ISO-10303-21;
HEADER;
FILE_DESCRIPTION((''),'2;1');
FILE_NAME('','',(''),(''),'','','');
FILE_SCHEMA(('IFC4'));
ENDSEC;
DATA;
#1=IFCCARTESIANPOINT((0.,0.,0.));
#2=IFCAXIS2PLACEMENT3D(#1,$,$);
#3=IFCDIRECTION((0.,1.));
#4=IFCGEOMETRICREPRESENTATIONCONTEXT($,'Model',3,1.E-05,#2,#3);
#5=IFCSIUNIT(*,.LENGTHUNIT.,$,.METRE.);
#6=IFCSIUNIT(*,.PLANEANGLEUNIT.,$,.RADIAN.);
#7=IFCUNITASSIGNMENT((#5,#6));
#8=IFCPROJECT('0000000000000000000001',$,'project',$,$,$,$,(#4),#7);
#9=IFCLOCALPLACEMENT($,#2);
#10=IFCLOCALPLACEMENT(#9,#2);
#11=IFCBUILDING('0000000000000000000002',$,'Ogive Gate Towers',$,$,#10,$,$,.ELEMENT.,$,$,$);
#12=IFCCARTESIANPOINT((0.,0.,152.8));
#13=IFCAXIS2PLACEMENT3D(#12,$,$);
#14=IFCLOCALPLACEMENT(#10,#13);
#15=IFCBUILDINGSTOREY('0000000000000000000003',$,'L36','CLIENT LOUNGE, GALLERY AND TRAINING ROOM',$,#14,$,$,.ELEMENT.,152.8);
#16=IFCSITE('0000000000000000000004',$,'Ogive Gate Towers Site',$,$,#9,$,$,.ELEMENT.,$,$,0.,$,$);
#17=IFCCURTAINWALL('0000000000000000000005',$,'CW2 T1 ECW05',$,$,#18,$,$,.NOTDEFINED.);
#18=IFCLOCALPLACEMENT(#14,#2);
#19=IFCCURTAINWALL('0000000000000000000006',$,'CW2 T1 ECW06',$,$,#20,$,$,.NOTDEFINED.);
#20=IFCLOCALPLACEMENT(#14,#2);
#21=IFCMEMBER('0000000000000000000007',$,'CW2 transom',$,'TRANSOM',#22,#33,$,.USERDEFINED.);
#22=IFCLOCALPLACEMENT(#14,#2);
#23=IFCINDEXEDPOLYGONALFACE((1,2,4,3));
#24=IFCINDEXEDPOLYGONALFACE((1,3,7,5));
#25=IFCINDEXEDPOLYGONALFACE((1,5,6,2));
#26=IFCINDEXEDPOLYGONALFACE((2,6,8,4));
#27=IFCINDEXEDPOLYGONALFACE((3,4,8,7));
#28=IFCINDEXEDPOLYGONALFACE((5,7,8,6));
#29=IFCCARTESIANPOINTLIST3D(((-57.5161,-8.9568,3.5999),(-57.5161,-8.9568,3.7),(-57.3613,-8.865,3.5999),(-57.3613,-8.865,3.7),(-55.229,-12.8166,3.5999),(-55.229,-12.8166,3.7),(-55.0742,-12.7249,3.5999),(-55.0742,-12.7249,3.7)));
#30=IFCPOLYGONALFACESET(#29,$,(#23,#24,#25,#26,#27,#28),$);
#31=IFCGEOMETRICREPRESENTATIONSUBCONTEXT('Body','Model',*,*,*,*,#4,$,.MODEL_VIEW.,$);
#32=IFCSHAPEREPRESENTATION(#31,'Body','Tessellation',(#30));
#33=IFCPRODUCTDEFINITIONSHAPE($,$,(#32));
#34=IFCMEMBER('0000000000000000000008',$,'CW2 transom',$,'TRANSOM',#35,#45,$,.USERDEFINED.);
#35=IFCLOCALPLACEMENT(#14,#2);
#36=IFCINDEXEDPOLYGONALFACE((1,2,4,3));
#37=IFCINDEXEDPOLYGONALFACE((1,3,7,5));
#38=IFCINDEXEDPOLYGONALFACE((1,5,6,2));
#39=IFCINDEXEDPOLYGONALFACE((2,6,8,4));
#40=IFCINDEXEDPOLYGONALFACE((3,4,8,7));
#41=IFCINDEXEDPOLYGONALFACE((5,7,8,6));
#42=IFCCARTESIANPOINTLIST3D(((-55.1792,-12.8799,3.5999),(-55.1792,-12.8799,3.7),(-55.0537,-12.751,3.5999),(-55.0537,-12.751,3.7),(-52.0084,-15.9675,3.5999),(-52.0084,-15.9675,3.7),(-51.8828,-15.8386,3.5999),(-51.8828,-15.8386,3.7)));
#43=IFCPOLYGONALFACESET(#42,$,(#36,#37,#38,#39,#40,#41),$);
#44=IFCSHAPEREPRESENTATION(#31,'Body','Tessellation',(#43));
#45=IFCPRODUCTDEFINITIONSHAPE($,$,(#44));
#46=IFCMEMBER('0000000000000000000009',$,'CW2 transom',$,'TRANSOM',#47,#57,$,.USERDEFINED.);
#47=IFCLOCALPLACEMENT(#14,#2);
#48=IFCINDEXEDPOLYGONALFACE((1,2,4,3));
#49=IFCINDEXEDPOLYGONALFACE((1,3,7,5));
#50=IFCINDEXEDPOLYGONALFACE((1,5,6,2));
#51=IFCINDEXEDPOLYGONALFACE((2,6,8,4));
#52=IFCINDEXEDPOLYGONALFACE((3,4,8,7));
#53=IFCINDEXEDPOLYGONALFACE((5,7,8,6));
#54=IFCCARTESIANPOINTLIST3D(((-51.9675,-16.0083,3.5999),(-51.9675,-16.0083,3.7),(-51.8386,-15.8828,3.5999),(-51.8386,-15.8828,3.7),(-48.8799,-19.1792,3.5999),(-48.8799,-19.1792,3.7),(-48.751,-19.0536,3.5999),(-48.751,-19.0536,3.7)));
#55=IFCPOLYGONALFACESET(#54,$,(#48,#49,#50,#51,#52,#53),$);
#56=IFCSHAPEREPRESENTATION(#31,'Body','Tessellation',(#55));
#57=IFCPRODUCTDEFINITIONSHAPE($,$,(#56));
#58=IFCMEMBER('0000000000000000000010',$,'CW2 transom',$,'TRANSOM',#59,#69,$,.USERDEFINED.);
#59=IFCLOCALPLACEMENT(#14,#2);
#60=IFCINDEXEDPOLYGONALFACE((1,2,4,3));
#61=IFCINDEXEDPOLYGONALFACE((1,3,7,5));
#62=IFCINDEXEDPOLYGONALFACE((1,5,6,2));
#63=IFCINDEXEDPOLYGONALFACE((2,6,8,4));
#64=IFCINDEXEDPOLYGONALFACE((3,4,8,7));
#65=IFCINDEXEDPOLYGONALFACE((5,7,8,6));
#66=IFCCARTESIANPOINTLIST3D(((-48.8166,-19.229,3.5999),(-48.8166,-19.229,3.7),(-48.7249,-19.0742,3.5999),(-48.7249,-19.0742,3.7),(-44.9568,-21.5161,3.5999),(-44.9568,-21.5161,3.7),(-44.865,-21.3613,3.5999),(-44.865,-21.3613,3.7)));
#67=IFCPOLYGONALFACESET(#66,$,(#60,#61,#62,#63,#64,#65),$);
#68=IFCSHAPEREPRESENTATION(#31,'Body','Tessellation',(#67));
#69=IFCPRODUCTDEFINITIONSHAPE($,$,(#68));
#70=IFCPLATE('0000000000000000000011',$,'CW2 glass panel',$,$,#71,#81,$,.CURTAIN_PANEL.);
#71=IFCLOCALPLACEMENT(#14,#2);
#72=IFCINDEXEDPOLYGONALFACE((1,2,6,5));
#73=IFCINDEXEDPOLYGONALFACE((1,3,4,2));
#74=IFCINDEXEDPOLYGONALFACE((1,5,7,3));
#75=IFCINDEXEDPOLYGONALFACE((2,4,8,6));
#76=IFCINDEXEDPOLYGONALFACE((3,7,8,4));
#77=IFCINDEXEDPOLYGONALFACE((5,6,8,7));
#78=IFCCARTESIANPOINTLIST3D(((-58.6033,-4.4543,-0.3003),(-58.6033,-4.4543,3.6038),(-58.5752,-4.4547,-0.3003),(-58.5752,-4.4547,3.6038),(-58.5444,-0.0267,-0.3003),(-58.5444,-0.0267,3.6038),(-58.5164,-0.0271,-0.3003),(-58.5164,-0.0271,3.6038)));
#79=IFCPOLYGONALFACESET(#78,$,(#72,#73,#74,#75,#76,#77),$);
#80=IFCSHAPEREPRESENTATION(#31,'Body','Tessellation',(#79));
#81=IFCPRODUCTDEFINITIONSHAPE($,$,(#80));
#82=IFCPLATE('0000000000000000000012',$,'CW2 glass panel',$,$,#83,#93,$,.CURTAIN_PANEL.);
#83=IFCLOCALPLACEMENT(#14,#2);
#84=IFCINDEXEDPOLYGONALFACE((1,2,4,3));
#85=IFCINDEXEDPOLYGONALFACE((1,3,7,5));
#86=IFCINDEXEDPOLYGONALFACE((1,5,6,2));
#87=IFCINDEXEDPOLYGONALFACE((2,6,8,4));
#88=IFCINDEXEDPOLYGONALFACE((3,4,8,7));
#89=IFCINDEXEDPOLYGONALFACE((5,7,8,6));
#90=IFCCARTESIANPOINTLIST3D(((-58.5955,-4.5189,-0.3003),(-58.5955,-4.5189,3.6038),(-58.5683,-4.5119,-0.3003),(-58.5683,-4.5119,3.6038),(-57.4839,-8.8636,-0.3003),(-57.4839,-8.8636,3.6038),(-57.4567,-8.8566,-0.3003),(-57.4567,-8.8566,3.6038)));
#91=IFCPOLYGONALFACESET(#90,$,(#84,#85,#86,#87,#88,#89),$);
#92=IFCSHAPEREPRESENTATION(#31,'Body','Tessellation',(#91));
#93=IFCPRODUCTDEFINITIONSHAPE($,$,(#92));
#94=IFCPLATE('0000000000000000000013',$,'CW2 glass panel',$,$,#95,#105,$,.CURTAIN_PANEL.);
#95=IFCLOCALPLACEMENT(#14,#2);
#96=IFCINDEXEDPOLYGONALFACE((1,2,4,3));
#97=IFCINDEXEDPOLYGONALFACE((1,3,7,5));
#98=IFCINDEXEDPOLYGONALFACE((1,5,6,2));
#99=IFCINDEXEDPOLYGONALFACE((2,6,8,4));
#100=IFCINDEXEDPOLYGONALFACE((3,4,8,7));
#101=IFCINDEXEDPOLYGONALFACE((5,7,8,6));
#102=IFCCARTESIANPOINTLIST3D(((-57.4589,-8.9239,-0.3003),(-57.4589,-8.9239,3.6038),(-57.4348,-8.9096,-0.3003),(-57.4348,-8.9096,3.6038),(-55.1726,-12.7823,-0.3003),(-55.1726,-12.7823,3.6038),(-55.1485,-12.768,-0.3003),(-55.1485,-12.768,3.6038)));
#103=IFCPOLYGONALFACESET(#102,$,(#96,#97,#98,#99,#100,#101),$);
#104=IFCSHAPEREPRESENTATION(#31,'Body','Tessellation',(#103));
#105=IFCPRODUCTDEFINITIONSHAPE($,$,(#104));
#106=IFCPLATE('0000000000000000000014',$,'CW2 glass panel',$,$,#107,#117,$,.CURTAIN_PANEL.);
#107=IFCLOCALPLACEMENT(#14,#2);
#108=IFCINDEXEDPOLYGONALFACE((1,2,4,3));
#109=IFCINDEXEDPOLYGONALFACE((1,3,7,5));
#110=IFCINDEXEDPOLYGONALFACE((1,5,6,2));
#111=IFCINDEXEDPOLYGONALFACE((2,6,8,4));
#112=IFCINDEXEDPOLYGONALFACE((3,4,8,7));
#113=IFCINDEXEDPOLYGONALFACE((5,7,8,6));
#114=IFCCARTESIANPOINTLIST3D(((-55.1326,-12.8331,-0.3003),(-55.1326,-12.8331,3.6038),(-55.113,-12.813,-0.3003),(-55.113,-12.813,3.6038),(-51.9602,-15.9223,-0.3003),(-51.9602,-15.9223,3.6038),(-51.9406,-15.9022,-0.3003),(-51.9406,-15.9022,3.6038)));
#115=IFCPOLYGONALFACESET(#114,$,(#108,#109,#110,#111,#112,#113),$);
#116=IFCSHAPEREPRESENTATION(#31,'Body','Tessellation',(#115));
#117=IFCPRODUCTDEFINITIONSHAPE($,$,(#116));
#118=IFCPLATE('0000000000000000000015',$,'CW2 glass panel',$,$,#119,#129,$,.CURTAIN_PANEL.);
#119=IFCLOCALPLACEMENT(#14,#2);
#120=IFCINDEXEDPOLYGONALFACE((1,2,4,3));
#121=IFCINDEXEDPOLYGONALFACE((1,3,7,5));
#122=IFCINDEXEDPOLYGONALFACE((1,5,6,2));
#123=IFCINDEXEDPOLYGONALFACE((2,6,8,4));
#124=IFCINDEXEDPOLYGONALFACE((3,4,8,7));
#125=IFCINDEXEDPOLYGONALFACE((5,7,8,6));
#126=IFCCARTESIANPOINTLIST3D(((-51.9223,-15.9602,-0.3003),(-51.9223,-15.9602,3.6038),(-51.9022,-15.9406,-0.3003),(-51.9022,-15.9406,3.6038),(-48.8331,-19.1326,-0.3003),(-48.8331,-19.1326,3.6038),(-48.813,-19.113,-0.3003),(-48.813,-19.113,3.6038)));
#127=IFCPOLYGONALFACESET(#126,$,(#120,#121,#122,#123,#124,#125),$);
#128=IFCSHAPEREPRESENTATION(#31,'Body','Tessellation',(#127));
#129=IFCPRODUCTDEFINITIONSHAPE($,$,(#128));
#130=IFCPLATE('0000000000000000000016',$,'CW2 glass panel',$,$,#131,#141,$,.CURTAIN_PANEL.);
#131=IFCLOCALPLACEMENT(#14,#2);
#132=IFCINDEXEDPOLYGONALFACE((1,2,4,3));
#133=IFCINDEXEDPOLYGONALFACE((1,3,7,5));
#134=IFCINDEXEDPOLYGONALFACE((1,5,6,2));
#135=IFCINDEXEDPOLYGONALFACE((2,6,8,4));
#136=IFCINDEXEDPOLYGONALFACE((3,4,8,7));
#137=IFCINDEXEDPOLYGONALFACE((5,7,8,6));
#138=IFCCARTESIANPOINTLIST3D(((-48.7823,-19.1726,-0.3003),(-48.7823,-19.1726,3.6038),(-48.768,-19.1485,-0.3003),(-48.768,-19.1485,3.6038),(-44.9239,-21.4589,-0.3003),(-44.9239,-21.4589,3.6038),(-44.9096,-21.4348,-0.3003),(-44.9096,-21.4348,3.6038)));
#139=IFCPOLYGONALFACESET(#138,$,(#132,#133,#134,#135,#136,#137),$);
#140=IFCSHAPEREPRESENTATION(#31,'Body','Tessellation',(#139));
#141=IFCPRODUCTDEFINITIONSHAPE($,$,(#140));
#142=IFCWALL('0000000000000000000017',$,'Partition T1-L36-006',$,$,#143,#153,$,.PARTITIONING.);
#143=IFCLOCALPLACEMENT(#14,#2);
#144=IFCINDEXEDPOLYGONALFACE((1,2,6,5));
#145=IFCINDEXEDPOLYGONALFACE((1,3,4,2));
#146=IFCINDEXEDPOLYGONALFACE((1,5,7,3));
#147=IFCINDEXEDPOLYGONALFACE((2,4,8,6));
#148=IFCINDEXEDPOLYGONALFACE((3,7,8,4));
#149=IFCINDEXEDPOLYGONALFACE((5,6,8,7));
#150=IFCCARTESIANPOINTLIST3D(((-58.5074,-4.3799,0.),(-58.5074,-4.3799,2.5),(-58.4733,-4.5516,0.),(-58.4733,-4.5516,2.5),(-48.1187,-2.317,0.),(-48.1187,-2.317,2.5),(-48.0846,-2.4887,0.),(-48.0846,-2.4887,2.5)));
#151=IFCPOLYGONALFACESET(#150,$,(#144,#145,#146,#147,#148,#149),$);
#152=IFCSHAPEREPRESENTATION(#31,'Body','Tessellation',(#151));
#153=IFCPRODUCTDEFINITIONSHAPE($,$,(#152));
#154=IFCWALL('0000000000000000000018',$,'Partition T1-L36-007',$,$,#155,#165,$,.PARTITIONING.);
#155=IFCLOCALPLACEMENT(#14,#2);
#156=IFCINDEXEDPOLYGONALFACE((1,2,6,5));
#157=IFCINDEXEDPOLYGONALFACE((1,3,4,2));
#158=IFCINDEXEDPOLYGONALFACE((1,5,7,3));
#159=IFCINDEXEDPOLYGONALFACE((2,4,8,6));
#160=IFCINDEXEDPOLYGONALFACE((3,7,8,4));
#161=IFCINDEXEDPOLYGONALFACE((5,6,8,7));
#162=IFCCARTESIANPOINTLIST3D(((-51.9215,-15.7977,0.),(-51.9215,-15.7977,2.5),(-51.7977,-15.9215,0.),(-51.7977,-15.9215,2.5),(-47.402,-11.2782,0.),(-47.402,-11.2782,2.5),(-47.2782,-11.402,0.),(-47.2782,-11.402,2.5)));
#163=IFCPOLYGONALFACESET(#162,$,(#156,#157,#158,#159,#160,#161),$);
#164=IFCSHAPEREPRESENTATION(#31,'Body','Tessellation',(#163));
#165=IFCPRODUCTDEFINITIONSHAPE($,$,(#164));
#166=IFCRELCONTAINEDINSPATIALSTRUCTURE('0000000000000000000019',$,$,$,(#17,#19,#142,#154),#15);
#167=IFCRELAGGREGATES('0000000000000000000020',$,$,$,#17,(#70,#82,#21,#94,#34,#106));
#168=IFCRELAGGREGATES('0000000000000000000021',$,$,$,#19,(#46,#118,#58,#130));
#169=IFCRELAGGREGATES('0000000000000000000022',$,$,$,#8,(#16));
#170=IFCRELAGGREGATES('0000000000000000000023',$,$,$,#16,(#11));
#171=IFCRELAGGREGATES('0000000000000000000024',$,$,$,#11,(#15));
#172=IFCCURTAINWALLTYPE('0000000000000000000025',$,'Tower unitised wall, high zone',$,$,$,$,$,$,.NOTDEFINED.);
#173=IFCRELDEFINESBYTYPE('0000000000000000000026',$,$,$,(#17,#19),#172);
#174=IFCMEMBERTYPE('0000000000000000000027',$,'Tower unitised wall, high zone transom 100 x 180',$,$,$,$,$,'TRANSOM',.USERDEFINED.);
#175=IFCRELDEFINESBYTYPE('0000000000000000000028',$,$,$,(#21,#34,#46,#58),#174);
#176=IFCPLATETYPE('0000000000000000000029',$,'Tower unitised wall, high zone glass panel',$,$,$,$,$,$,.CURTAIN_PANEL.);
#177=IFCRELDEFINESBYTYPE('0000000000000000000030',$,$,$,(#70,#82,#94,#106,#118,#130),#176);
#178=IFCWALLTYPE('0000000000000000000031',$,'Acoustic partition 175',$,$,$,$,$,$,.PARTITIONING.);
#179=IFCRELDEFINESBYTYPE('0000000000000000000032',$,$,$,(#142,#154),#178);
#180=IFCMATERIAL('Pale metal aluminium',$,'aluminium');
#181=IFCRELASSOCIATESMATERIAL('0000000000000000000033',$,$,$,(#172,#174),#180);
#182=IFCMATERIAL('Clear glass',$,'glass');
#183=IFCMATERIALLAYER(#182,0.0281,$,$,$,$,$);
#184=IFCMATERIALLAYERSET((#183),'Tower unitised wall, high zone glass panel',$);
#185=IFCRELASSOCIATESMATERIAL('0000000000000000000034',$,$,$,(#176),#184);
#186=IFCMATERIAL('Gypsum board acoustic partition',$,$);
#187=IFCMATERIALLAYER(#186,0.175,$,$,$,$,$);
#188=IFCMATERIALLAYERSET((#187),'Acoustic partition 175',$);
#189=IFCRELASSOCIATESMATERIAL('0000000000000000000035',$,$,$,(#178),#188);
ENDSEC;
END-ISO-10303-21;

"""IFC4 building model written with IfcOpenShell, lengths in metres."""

from ifc_helpers import new_model, si_unit, direction, frame, frame_2d, origin, origin_2d, place, context, subcontext, project, spatial, rectangle, extrude, material, layer, layer_set, material_profile, profile_set, type_object, element, aggregate, save


model = new_model("IFC4")

# Units and contexts
model_context = context("Model", 3, precision=1e-05, world=origin(), true_north=direction((0.0, 1.0)))
body_context = subcontext(model_context, "Body", "Model", "MODEL_VIEW")
ifc_project = project(units=[si_unit("LENGTHUNIT", "METRE"), si_unit("PLANEANGLEUNIT", "RADIAN")], contexts=[model_context])

# Site, building, storey
site_placement = place(None, origin())
site = spatial("IfcSite", under=ifc_project, at=site_placement, Name="Ogive Gate Towers Site", CompositionType="ELEMENT", RefElevation=0.0)
building_placement = place(site_placement, origin())
building = spatial("IfcBuilding", under=site, at=building_placement, Name="Ogive Gate Towers", CompositionType="ELEMENT")
storey_placement = place(building_placement, frame((0.0, 0.0, 152.8)))
storey = spatial("IfcBuildingStorey", under=building, at=storey_placement, Name="L36", Description="CLIENT LOUNGE, GALLERY AND TRAINING ROOM", CompositionType="ELEMENT", Elevation=152.8)

# Curtain wall
ifc_material_1 = material(Name="Pale metal aluminium", Category="aluminium")
curtain_wall_type = type_object("IfcCurtainWallType", Name="Tower unitised wall, high zone", PredefinedType="NOTDEFINED", material=ifc_material_1)
curtain_wall_1_placement = place(storey_placement, origin())
curtain_wall_1 = element("IfcCurtainWall", 1, at=curtain_wall_1_placement, inside=storey, type_object=curtain_wall_type, Name="CW2 T1 ECW05", PredefinedType="NOTDEFINED")

# Curtain wall
curtain_wall_2_placement = place(storey_placement, origin())
curtain_wall_2 = element("IfcCurtainWall", 2, at=curtain_wall_2_placement, inside=storey, type_object=curtain_wall_type, Name="CW2 T1 ECW06", PredefinedType="NOTDEFINED")

# Members
ifc_material_profile_1 = material_profile(ifc_material_1, rectangle(XDim=0.1799, YDim=0.1001, at=origin_2d()), Name="100 x 180 aluminium box")
ifc_profile_set_1 = profile_set([ifc_material_profile_1], Name="Pale metal aluminium")
member_type_1 = type_object("IfcMemberType", Name="Tower unitised wall, high zone transom 100 x 180", ElementType="TRANSOM", PredefinedType="USERDEFINED", material=ifc_profile_set_1)
member_1_placement = place(storey_placement, frame((-57.4387, -8.9109, 3.6499), z_axis=(0.509767, -0.860313, 0.0), x_axis=(0.860313, 0.509767, 0.0)))
member_1 = element("IfcMember", 3, at=member_1_placement, type_object=member_type_1, Name="CW2 transom", ObjectType="TRANSOM", PredefinedType="USERDEFINED", context=body_context, shape_type="SweptSolid", body=[
    extrude(rectangle(XDim=0.1799, YDim=0.1001, at=origin_2d()), origin(), (0.0, 0.0, 1.0), 4.4866),
])
member_2_placement = place(storey_placement, frame((-55.1165, -12.8154, 3.6499), z_axis=(0.716449, -0.697639, 0.0), x_axis=(0.697639, 0.716449, 0.0)))
member_2 = element("IfcMember", 4, at=member_2_placement, type_object=member_type_1, Name="CW2 transom", ObjectType="TRANSOM", PredefinedType="USERDEFINED", context=body_context, shape_type="SweptSolid", body=[
    extrude(rectangle(XDim=0.1799, YDim=0.1001, at=origin_2d()), origin(), (0.0, 0.0, 1.0), 4.4258),
])
member_3_placement = place(storey_placement, frame((-51.9031, -15.9456, 3.6499), z_axis=(0.697639, -0.716449, 0.0), x_axis=(0.716449, 0.697639, 0.0)))
member_3 = element("IfcMember", 5, at=member_3_placement, type_object=member_type_1, Name="CW2 transom", ObjectType="TRANSOM", PredefinedType="USERDEFINED", context=body_context, shape_type="SweptSolid", body=[
    extrude(rectangle(XDim=0.1799, YDim=0.1001, at=origin_2d()), origin(), (0.0, 0.0, 1.0), 4.4258),
])
member_4_placement = place(storey_placement, frame((-48.7708, -19.1516, 3.6499), z_axis=(0.860313, -0.509767, 0.0), x_axis=(0.509767, 0.860313, 0.0)))
member_4 = element("IfcMember", 6, at=member_4_placement, type_object=member_type_1, Name="CW2 transom", ObjectType="TRANSOM", PredefinedType="USERDEFINED", context=body_context, shape_type="SweptSolid", body=[
    extrude(rectangle(XDim=0.1799, YDim=0.1001, at=origin_2d()), origin(), (0.0, 0.0, 1.0), 4.4866),
])

# Plates
ifc_material_2 = material(Name="Clear glass", Category="glass")
ifc_layer_1 = layer(ifc_material_2, 0.0281)
ifc_layer_set_1 = layer_set([ifc_layer_1], Name="Tower unitised wall, high zone glass panel")
plate_type = type_object("IfcPlateType", Name="Tower unitised wall, high zone glass panel", PredefinedType="CURTAIN_PANEL", material=ifc_layer_set_1)
plate_1_placement = place(storey_placement, frame((-58.5598, -2.2407, -0.3003), z_axis=(0.0, 0.0, 1.0), x_axis=(-0.013282, -0.999912, 0.0)))
plate_1 = element("IfcPlate", 7, at=plate_1_placement, type_object=plate_type, Name="CW2 glass panel", PredefinedType="CURTAIN_PANEL", context=body_context, shape_type="SweptSolid", body=[
    extrude(rectangle(XDim=4.428, YDim=0.0281, at=origin_2d()), origin(), (0.0, 0.0, 1.0), 3.9041),
])
plate_2_placement = place(storey_placement, frame((-58.0261, -6.6877, -0.3003), z_axis=(0.0, 0.0, 1.0), x_axis=(0.247861, -0.968795, 0.0)))
plate_2 = element("IfcPlate", 8, at=plate_2_placement, type_object=plate_type, Name="CW2 glass panel", PredefinedType="CURTAIN_PANEL", context=body_context, shape_type="SweptSolid", body=[
    extrude(rectangle(XDim=4.4846, YDim=0.0281, at=origin_2d()), origin(), (0.0, 0.0, 1.0), 3.9041),
])
plate_3_placement = place(storey_placement, frame((-56.3037, -10.8459, -0.3003), z_axis=(0.0, 0.0, 1.0), x_axis=(0.509777, -0.860306, 0.0)))
plate_3 = element("IfcPlate", 9, at=plate_3_placement, type_object=plate_type, Name="CW2 glass panel", PredefinedType="CURTAIN_PANEL", context=body_context, shape_type="SweptSolid", body=[
    extrude(rectangle(XDim=4.4849, YDim=0.0281, at=origin_2d()), origin(), (0.0, 0.0, 1.0), 3.9041),
])
plate_4_placement = place(storey_placement, frame((-53.5366, -14.3677, -0.3003), z_axis=(0.0, 0.0, 1.0), x_axis=(0.716436, -0.697653, 0.0)))
plate_4 = element("IfcPlate", 10, at=plate_4_placement, type_object=plate_type, Name="CW2 glass panel", PredefinedType="CURTAIN_PANEL", context=body_context, shape_type="SweptSolid", body=[
    extrude(rectangle(XDim=4.428, YDim=0.0281, at=origin_2d()), origin(), (0.0, 0.0, 1.0), 3.9041),
])
aggregate(curtain_wall_1, [plate_1, plate_2, member_1, plate_3, member_2, plate_4])
plate_5_placement = place(storey_placement, frame((-50.3677, -17.5366, -0.3003), z_axis=(0.0, 0.0, 1.0), x_axis=(0.697653, -0.716436, 0.0)))
plate_5 = element("IfcPlate", 11, at=plate_5_placement, type_object=plate_type, Name="CW2 glass panel", PredefinedType="CURTAIN_PANEL", context=body_context, shape_type="SweptSolid", body=[
    extrude(rectangle(XDim=4.428, YDim=0.0281, at=origin_2d()), origin(), (0.0, 0.0, 1.0), 3.9041),
])
plate_6_placement = place(storey_placement, frame((-46.8459, -20.3037, -0.3003), z_axis=(0.0, 0.0, 1.0), x_axis=(0.860306, -0.509777, 0.0)))
plate_6 = element("IfcPlate", 12, at=plate_6_placement, type_object=plate_type, Name="CW2 glass panel", PredefinedType="CURTAIN_PANEL", context=body_context, shape_type="SweptSolid", body=[
    extrude(rectangle(XDim=4.4849, YDim=0.0281, at=origin_2d()), origin(), (0.0, 0.0, 1.0), 3.9041),
])
aggregate(curtain_wall_2, [member_3, plate_5, member_4, plate_6])

# Walls
ifc_material_3 = material(Name="Gypsum board acoustic partition")
ifc_layer_2 = layer(ifc_material_3, 0.175)
ifc_layer_set_2 = layer_set([ifc_layer_2], Name="Acoustic partition 175")
wall_type_1 = type_object("IfcWallType", Name="Acoustic partition 175", PredefinedType="PARTITIONING", material=ifc_layer_set_2)
wall_1_placement = place(storey_placement, frame((-58.4905, -4.4658, 0.0), z_axis=(0.0, 0.0, 1.0), x_axis=(0.980848, 0.194777, 0.0)))
element("IfcWall", 13, at=wall_1_placement, inside=storey, type_object=wall_type_1, Name="Partition T1-L36-006", PredefinedType="PARTITIONING", context=body_context, shape_type="SweptSolid", body=[
    extrude(rectangle(XDim=10.5916, YDim=0.175, at=frame_2d((5.2959, 0.0))), origin(), (0.0, 0.0, 1.0), 2.5),
])
wall_2_placement = place(storey_placement, frame((-51.8596, -15.8596, 0.0), z_axis=(0.0, 0.0, 1.0), x_axis=(0.707107, 0.707107, 0.0)))
element("IfcWall", 14, at=wall_2_placement, inside=storey, type_object=wall_type_1, Name="Partition T1-L36-007", PredefinedType="PARTITIONING", context=body_context, shape_type="SweptSolid", body=[
    extrude(rectangle(XDim=6.3916, YDim=0.175, at=frame_2d((3.1958, 0.0))), origin(), (0.0, 0.0, 1.0), 2.5),
])

save(model, "model.ifc")
